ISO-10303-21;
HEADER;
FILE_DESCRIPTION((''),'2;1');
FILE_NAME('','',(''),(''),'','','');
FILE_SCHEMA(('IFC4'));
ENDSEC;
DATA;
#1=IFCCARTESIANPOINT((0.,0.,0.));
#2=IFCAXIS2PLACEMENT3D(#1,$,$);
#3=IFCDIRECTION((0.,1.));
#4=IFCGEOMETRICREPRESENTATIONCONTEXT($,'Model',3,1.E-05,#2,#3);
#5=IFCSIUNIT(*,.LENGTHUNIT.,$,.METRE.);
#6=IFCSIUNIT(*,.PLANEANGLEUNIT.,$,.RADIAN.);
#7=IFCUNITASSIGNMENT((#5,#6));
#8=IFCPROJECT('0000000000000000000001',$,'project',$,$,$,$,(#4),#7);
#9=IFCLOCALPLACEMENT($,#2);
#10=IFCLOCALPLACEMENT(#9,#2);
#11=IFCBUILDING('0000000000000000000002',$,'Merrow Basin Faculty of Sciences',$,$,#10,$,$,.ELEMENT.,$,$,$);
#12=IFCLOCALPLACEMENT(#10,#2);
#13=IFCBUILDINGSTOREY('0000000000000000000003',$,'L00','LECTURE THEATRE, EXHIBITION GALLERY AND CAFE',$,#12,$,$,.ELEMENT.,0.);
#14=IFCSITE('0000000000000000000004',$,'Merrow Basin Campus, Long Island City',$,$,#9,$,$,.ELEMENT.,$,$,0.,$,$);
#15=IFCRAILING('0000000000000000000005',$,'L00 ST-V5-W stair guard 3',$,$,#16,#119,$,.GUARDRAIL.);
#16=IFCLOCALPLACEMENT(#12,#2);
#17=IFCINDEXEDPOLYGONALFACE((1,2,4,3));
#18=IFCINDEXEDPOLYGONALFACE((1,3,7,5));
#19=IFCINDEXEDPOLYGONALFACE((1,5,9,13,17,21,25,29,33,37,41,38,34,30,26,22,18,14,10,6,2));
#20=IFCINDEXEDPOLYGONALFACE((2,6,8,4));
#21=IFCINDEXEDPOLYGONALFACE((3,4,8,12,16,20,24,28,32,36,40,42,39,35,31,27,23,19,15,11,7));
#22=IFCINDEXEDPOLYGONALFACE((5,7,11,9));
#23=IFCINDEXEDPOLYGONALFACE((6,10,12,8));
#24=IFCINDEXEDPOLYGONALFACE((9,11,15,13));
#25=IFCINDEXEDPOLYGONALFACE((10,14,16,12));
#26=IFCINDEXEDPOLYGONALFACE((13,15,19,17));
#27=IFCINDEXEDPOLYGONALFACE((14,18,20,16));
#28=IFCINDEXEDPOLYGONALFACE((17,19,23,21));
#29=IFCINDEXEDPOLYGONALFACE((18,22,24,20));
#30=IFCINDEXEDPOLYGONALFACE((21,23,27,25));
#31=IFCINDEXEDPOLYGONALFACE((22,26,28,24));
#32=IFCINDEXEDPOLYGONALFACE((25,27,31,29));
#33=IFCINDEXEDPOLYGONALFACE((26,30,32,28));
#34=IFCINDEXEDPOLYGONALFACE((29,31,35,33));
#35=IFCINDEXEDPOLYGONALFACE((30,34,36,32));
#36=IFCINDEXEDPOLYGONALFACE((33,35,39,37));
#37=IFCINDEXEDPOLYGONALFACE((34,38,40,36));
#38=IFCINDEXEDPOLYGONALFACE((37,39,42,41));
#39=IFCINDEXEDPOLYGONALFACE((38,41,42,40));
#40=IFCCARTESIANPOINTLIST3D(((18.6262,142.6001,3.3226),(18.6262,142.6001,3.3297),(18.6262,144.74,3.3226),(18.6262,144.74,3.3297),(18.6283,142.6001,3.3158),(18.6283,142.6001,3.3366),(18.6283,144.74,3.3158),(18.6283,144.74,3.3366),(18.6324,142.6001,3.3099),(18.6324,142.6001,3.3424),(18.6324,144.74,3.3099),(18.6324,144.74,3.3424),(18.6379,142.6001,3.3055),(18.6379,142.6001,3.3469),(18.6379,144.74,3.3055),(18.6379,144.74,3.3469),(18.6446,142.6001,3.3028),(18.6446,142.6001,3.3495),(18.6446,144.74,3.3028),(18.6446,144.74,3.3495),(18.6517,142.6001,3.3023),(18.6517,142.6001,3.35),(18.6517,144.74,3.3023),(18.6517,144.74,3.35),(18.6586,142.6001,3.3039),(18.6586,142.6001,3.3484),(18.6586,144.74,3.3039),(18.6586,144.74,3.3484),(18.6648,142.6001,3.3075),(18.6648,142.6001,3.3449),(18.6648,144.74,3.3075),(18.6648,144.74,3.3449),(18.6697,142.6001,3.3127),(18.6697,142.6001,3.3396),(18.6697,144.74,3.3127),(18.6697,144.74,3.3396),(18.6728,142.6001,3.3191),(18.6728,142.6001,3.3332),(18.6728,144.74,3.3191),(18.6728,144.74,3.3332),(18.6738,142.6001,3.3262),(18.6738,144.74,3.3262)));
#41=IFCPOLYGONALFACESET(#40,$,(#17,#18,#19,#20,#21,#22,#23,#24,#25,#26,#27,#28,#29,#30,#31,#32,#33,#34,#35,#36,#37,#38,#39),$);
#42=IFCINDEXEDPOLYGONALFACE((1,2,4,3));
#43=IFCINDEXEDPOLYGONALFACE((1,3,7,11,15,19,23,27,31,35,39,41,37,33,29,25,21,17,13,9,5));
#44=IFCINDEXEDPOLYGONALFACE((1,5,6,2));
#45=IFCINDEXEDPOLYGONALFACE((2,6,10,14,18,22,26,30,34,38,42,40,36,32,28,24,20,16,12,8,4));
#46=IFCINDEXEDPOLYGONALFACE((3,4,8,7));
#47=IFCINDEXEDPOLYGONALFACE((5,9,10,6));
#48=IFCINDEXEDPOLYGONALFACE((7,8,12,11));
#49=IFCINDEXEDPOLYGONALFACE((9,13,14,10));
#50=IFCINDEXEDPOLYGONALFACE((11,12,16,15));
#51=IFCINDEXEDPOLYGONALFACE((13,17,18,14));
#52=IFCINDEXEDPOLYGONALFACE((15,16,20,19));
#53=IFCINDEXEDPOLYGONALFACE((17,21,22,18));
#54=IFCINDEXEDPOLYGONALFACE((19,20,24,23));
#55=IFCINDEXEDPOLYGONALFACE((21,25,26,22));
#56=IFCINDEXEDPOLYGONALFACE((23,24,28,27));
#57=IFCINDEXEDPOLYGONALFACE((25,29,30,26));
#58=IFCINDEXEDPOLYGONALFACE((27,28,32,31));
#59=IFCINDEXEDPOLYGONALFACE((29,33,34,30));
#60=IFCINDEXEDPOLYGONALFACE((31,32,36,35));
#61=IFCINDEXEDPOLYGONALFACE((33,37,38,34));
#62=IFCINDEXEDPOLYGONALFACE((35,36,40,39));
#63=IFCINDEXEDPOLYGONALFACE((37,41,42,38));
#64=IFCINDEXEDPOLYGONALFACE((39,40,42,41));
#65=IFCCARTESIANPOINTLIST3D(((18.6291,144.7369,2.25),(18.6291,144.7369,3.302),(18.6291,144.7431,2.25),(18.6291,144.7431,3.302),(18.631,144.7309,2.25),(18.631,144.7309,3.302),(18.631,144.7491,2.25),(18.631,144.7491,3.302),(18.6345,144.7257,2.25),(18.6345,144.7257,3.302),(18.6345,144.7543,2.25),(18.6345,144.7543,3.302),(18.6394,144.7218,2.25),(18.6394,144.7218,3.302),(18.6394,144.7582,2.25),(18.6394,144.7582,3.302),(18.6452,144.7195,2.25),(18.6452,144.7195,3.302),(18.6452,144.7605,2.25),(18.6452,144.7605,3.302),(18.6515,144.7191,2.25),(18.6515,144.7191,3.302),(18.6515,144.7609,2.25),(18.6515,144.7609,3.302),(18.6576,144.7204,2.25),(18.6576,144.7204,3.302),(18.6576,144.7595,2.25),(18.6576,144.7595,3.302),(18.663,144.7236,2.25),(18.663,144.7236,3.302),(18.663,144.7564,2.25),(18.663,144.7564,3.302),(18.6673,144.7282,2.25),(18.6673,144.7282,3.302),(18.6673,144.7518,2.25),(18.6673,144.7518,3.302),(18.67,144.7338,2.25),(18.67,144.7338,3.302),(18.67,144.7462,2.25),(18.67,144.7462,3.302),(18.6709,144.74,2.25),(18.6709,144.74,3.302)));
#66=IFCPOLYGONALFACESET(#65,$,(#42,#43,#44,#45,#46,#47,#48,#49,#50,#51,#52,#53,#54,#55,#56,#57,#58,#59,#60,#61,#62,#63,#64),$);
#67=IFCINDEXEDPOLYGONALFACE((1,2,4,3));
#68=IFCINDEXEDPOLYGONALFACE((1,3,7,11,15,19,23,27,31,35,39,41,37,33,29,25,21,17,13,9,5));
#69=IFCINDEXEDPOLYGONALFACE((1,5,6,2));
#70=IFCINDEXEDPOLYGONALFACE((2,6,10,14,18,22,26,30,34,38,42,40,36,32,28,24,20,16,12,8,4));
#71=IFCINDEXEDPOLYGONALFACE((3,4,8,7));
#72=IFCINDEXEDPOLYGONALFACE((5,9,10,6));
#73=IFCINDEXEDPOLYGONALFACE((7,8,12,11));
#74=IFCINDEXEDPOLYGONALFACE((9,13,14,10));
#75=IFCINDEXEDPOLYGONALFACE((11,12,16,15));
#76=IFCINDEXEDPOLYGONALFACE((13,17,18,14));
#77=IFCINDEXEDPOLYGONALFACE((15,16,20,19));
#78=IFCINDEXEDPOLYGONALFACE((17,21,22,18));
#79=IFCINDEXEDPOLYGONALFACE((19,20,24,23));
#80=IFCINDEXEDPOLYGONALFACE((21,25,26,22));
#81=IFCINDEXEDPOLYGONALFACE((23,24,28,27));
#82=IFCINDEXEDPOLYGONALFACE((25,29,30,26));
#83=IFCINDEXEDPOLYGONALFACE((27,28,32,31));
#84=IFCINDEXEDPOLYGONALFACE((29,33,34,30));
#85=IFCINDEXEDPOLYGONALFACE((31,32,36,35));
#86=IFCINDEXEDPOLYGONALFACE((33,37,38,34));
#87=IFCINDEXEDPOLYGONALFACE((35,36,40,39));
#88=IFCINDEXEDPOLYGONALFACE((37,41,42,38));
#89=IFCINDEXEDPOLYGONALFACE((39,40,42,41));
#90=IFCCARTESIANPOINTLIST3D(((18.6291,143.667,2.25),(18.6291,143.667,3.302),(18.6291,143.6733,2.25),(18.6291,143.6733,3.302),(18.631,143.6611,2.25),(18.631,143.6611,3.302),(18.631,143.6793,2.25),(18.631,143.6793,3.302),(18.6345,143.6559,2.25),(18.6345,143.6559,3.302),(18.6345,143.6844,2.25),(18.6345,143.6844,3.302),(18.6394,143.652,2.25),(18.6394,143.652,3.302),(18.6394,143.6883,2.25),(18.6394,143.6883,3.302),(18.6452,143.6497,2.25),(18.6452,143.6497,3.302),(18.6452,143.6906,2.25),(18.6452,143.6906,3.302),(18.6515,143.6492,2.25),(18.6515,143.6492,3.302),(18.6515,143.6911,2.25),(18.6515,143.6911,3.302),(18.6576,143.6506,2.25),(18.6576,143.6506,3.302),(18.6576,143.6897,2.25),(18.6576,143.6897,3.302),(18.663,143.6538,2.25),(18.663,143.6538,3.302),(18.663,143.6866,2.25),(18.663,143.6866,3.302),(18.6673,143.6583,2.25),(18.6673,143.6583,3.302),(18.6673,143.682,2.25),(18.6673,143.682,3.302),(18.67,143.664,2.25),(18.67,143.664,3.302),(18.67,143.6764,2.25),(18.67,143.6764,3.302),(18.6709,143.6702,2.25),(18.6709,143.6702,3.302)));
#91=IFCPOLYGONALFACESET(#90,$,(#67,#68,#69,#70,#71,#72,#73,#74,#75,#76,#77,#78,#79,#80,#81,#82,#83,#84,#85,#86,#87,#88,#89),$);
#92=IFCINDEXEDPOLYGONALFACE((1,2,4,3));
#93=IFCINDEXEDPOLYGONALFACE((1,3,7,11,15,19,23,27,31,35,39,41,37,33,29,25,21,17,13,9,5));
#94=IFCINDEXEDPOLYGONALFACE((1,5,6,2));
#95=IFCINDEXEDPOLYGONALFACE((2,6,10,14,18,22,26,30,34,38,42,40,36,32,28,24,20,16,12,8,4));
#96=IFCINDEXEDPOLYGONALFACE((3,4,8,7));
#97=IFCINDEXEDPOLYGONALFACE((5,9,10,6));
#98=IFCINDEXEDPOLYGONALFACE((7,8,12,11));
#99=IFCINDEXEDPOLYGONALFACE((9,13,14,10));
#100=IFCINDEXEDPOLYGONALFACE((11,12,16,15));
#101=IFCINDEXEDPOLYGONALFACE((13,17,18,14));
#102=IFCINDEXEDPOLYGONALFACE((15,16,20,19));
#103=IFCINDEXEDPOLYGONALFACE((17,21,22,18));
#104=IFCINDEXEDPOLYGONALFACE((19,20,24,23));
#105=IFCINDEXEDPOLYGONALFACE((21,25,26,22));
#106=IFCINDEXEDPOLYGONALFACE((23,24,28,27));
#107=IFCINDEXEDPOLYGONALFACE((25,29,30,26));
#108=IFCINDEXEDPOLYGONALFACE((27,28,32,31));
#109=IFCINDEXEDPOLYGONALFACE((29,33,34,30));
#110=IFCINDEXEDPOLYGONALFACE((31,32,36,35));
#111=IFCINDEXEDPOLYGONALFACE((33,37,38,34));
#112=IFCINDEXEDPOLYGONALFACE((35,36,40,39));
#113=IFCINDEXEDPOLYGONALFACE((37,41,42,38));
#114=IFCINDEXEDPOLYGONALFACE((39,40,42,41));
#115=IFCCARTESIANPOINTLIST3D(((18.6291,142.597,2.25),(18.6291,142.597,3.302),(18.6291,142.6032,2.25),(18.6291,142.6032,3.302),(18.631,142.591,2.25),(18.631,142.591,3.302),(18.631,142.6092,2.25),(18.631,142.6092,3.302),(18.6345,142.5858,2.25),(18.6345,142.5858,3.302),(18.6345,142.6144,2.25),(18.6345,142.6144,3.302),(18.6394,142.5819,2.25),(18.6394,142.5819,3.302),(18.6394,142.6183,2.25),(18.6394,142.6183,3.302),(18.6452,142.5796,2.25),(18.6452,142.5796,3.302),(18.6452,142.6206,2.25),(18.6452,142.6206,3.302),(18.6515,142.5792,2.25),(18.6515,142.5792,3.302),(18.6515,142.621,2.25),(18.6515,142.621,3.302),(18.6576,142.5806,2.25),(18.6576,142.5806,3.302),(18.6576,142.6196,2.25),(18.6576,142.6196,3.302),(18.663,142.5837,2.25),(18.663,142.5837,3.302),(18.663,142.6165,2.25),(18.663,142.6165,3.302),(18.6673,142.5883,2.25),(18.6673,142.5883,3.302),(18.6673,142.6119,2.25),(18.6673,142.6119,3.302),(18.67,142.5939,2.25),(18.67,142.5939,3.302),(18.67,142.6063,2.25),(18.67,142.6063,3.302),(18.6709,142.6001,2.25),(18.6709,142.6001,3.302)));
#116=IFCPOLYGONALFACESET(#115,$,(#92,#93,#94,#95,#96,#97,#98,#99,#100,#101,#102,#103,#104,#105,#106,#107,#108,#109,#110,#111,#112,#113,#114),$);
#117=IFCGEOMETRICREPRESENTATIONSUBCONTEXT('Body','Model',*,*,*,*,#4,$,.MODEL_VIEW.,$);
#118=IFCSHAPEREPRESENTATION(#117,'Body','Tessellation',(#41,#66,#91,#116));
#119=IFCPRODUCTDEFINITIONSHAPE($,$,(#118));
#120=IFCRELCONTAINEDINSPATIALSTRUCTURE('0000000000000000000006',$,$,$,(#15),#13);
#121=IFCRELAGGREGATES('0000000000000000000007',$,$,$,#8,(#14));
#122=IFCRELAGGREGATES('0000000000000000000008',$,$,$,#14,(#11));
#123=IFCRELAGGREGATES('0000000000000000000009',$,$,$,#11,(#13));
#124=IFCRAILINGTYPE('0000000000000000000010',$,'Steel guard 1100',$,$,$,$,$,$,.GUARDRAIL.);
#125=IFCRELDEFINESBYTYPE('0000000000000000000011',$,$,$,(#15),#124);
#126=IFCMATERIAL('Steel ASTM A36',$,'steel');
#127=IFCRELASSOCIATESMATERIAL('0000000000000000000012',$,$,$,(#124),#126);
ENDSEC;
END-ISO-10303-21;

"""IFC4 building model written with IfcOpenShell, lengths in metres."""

from ifc_helpers import new_model, si_unit, direction, frame, origin, origin_2d, place, context, subcontext, project, spatial, circle, extrude, material, type_object, element, save


model = new_model("IFC4")

# Units and contexts
model_context = context("Model", 3, precision=1e-05, world=origin(), true_north=direction((0.0, 1.0)))
body_context = subcontext(model_context, "Body", "Model", "MODEL_VIEW")
ifc_project = project(units=[si_unit("LENGTHUNIT", "METRE"), si_unit("PLANEANGLEUNIT", "RADIAN")], contexts=[model_context])

# Site, building, storey
site_placement = place(None, origin())
site = spatial("IfcSite", under=ifc_project, at=site_placement, Name="Merrow Basin Campus, Long Island City", CompositionType="ELEMENT", RefElevation=0.0)
building_placement = place(site_placement, origin())
building = spatial("IfcBuilding", under=site, at=building_placement, Name="Merrow Basin Faculty of Sciences", CompositionType="ELEMENT")
storey_placement = place(building_placement, origin())
storey = spatial("IfcBuildingStorey", under=building, at=storey_placement, Name="L00", Description="LECTURE THEATRE, EXHIBITION GALLERY AND CAFE", CompositionType="ELEMENT", Elevation=0.0)

# Railing
ifc_material_1 = material(Name="Steel ASTM A36", Category="steel")
railing_type_1 = type_object("IfcRailingType", Name="Steel guard 1100", PredefinedType="GUARDRAIL", material=ifc_material_1)
railing_1_placement = place(storey_placement, frame((18.6499, 144.74, 2.25)))
element("IfcRailing", 1, at=railing_1_placement, inside=storey, type_object=railing_type_1, Name="L00 ST-V5-W stair guard 3", PredefinedType="GUARDRAIL", context=body_context, shape_type="SweptSolid", body=[
    extrude(circle(Radius=0.0239, at=origin_2d()), frame((0.0, 0.0, 1.0762), z_axis=(0.0, -1.0, 0.0), x_axis=(1.0, 0.0, 0.0)), (0.0, 0.0, 1.0), 2.1399),
    extrude(circle(Radius=0.021, at=origin_2d()), origin(), (0.0, 0.0, 1.0), 1.052),
    extrude(circle(Radius=0.021, at=origin_2d()), frame((0.0, -1.0698, 0.0)), (0.0, 0.0, 1.0), 1.052),
    extrude(circle(Radius=0.021, at=origin_2d()), frame((0.0, -2.1399, 0.0)), (0.0, 0.0, 1.0), 1.052),
])

save(model, "model.ifc")
